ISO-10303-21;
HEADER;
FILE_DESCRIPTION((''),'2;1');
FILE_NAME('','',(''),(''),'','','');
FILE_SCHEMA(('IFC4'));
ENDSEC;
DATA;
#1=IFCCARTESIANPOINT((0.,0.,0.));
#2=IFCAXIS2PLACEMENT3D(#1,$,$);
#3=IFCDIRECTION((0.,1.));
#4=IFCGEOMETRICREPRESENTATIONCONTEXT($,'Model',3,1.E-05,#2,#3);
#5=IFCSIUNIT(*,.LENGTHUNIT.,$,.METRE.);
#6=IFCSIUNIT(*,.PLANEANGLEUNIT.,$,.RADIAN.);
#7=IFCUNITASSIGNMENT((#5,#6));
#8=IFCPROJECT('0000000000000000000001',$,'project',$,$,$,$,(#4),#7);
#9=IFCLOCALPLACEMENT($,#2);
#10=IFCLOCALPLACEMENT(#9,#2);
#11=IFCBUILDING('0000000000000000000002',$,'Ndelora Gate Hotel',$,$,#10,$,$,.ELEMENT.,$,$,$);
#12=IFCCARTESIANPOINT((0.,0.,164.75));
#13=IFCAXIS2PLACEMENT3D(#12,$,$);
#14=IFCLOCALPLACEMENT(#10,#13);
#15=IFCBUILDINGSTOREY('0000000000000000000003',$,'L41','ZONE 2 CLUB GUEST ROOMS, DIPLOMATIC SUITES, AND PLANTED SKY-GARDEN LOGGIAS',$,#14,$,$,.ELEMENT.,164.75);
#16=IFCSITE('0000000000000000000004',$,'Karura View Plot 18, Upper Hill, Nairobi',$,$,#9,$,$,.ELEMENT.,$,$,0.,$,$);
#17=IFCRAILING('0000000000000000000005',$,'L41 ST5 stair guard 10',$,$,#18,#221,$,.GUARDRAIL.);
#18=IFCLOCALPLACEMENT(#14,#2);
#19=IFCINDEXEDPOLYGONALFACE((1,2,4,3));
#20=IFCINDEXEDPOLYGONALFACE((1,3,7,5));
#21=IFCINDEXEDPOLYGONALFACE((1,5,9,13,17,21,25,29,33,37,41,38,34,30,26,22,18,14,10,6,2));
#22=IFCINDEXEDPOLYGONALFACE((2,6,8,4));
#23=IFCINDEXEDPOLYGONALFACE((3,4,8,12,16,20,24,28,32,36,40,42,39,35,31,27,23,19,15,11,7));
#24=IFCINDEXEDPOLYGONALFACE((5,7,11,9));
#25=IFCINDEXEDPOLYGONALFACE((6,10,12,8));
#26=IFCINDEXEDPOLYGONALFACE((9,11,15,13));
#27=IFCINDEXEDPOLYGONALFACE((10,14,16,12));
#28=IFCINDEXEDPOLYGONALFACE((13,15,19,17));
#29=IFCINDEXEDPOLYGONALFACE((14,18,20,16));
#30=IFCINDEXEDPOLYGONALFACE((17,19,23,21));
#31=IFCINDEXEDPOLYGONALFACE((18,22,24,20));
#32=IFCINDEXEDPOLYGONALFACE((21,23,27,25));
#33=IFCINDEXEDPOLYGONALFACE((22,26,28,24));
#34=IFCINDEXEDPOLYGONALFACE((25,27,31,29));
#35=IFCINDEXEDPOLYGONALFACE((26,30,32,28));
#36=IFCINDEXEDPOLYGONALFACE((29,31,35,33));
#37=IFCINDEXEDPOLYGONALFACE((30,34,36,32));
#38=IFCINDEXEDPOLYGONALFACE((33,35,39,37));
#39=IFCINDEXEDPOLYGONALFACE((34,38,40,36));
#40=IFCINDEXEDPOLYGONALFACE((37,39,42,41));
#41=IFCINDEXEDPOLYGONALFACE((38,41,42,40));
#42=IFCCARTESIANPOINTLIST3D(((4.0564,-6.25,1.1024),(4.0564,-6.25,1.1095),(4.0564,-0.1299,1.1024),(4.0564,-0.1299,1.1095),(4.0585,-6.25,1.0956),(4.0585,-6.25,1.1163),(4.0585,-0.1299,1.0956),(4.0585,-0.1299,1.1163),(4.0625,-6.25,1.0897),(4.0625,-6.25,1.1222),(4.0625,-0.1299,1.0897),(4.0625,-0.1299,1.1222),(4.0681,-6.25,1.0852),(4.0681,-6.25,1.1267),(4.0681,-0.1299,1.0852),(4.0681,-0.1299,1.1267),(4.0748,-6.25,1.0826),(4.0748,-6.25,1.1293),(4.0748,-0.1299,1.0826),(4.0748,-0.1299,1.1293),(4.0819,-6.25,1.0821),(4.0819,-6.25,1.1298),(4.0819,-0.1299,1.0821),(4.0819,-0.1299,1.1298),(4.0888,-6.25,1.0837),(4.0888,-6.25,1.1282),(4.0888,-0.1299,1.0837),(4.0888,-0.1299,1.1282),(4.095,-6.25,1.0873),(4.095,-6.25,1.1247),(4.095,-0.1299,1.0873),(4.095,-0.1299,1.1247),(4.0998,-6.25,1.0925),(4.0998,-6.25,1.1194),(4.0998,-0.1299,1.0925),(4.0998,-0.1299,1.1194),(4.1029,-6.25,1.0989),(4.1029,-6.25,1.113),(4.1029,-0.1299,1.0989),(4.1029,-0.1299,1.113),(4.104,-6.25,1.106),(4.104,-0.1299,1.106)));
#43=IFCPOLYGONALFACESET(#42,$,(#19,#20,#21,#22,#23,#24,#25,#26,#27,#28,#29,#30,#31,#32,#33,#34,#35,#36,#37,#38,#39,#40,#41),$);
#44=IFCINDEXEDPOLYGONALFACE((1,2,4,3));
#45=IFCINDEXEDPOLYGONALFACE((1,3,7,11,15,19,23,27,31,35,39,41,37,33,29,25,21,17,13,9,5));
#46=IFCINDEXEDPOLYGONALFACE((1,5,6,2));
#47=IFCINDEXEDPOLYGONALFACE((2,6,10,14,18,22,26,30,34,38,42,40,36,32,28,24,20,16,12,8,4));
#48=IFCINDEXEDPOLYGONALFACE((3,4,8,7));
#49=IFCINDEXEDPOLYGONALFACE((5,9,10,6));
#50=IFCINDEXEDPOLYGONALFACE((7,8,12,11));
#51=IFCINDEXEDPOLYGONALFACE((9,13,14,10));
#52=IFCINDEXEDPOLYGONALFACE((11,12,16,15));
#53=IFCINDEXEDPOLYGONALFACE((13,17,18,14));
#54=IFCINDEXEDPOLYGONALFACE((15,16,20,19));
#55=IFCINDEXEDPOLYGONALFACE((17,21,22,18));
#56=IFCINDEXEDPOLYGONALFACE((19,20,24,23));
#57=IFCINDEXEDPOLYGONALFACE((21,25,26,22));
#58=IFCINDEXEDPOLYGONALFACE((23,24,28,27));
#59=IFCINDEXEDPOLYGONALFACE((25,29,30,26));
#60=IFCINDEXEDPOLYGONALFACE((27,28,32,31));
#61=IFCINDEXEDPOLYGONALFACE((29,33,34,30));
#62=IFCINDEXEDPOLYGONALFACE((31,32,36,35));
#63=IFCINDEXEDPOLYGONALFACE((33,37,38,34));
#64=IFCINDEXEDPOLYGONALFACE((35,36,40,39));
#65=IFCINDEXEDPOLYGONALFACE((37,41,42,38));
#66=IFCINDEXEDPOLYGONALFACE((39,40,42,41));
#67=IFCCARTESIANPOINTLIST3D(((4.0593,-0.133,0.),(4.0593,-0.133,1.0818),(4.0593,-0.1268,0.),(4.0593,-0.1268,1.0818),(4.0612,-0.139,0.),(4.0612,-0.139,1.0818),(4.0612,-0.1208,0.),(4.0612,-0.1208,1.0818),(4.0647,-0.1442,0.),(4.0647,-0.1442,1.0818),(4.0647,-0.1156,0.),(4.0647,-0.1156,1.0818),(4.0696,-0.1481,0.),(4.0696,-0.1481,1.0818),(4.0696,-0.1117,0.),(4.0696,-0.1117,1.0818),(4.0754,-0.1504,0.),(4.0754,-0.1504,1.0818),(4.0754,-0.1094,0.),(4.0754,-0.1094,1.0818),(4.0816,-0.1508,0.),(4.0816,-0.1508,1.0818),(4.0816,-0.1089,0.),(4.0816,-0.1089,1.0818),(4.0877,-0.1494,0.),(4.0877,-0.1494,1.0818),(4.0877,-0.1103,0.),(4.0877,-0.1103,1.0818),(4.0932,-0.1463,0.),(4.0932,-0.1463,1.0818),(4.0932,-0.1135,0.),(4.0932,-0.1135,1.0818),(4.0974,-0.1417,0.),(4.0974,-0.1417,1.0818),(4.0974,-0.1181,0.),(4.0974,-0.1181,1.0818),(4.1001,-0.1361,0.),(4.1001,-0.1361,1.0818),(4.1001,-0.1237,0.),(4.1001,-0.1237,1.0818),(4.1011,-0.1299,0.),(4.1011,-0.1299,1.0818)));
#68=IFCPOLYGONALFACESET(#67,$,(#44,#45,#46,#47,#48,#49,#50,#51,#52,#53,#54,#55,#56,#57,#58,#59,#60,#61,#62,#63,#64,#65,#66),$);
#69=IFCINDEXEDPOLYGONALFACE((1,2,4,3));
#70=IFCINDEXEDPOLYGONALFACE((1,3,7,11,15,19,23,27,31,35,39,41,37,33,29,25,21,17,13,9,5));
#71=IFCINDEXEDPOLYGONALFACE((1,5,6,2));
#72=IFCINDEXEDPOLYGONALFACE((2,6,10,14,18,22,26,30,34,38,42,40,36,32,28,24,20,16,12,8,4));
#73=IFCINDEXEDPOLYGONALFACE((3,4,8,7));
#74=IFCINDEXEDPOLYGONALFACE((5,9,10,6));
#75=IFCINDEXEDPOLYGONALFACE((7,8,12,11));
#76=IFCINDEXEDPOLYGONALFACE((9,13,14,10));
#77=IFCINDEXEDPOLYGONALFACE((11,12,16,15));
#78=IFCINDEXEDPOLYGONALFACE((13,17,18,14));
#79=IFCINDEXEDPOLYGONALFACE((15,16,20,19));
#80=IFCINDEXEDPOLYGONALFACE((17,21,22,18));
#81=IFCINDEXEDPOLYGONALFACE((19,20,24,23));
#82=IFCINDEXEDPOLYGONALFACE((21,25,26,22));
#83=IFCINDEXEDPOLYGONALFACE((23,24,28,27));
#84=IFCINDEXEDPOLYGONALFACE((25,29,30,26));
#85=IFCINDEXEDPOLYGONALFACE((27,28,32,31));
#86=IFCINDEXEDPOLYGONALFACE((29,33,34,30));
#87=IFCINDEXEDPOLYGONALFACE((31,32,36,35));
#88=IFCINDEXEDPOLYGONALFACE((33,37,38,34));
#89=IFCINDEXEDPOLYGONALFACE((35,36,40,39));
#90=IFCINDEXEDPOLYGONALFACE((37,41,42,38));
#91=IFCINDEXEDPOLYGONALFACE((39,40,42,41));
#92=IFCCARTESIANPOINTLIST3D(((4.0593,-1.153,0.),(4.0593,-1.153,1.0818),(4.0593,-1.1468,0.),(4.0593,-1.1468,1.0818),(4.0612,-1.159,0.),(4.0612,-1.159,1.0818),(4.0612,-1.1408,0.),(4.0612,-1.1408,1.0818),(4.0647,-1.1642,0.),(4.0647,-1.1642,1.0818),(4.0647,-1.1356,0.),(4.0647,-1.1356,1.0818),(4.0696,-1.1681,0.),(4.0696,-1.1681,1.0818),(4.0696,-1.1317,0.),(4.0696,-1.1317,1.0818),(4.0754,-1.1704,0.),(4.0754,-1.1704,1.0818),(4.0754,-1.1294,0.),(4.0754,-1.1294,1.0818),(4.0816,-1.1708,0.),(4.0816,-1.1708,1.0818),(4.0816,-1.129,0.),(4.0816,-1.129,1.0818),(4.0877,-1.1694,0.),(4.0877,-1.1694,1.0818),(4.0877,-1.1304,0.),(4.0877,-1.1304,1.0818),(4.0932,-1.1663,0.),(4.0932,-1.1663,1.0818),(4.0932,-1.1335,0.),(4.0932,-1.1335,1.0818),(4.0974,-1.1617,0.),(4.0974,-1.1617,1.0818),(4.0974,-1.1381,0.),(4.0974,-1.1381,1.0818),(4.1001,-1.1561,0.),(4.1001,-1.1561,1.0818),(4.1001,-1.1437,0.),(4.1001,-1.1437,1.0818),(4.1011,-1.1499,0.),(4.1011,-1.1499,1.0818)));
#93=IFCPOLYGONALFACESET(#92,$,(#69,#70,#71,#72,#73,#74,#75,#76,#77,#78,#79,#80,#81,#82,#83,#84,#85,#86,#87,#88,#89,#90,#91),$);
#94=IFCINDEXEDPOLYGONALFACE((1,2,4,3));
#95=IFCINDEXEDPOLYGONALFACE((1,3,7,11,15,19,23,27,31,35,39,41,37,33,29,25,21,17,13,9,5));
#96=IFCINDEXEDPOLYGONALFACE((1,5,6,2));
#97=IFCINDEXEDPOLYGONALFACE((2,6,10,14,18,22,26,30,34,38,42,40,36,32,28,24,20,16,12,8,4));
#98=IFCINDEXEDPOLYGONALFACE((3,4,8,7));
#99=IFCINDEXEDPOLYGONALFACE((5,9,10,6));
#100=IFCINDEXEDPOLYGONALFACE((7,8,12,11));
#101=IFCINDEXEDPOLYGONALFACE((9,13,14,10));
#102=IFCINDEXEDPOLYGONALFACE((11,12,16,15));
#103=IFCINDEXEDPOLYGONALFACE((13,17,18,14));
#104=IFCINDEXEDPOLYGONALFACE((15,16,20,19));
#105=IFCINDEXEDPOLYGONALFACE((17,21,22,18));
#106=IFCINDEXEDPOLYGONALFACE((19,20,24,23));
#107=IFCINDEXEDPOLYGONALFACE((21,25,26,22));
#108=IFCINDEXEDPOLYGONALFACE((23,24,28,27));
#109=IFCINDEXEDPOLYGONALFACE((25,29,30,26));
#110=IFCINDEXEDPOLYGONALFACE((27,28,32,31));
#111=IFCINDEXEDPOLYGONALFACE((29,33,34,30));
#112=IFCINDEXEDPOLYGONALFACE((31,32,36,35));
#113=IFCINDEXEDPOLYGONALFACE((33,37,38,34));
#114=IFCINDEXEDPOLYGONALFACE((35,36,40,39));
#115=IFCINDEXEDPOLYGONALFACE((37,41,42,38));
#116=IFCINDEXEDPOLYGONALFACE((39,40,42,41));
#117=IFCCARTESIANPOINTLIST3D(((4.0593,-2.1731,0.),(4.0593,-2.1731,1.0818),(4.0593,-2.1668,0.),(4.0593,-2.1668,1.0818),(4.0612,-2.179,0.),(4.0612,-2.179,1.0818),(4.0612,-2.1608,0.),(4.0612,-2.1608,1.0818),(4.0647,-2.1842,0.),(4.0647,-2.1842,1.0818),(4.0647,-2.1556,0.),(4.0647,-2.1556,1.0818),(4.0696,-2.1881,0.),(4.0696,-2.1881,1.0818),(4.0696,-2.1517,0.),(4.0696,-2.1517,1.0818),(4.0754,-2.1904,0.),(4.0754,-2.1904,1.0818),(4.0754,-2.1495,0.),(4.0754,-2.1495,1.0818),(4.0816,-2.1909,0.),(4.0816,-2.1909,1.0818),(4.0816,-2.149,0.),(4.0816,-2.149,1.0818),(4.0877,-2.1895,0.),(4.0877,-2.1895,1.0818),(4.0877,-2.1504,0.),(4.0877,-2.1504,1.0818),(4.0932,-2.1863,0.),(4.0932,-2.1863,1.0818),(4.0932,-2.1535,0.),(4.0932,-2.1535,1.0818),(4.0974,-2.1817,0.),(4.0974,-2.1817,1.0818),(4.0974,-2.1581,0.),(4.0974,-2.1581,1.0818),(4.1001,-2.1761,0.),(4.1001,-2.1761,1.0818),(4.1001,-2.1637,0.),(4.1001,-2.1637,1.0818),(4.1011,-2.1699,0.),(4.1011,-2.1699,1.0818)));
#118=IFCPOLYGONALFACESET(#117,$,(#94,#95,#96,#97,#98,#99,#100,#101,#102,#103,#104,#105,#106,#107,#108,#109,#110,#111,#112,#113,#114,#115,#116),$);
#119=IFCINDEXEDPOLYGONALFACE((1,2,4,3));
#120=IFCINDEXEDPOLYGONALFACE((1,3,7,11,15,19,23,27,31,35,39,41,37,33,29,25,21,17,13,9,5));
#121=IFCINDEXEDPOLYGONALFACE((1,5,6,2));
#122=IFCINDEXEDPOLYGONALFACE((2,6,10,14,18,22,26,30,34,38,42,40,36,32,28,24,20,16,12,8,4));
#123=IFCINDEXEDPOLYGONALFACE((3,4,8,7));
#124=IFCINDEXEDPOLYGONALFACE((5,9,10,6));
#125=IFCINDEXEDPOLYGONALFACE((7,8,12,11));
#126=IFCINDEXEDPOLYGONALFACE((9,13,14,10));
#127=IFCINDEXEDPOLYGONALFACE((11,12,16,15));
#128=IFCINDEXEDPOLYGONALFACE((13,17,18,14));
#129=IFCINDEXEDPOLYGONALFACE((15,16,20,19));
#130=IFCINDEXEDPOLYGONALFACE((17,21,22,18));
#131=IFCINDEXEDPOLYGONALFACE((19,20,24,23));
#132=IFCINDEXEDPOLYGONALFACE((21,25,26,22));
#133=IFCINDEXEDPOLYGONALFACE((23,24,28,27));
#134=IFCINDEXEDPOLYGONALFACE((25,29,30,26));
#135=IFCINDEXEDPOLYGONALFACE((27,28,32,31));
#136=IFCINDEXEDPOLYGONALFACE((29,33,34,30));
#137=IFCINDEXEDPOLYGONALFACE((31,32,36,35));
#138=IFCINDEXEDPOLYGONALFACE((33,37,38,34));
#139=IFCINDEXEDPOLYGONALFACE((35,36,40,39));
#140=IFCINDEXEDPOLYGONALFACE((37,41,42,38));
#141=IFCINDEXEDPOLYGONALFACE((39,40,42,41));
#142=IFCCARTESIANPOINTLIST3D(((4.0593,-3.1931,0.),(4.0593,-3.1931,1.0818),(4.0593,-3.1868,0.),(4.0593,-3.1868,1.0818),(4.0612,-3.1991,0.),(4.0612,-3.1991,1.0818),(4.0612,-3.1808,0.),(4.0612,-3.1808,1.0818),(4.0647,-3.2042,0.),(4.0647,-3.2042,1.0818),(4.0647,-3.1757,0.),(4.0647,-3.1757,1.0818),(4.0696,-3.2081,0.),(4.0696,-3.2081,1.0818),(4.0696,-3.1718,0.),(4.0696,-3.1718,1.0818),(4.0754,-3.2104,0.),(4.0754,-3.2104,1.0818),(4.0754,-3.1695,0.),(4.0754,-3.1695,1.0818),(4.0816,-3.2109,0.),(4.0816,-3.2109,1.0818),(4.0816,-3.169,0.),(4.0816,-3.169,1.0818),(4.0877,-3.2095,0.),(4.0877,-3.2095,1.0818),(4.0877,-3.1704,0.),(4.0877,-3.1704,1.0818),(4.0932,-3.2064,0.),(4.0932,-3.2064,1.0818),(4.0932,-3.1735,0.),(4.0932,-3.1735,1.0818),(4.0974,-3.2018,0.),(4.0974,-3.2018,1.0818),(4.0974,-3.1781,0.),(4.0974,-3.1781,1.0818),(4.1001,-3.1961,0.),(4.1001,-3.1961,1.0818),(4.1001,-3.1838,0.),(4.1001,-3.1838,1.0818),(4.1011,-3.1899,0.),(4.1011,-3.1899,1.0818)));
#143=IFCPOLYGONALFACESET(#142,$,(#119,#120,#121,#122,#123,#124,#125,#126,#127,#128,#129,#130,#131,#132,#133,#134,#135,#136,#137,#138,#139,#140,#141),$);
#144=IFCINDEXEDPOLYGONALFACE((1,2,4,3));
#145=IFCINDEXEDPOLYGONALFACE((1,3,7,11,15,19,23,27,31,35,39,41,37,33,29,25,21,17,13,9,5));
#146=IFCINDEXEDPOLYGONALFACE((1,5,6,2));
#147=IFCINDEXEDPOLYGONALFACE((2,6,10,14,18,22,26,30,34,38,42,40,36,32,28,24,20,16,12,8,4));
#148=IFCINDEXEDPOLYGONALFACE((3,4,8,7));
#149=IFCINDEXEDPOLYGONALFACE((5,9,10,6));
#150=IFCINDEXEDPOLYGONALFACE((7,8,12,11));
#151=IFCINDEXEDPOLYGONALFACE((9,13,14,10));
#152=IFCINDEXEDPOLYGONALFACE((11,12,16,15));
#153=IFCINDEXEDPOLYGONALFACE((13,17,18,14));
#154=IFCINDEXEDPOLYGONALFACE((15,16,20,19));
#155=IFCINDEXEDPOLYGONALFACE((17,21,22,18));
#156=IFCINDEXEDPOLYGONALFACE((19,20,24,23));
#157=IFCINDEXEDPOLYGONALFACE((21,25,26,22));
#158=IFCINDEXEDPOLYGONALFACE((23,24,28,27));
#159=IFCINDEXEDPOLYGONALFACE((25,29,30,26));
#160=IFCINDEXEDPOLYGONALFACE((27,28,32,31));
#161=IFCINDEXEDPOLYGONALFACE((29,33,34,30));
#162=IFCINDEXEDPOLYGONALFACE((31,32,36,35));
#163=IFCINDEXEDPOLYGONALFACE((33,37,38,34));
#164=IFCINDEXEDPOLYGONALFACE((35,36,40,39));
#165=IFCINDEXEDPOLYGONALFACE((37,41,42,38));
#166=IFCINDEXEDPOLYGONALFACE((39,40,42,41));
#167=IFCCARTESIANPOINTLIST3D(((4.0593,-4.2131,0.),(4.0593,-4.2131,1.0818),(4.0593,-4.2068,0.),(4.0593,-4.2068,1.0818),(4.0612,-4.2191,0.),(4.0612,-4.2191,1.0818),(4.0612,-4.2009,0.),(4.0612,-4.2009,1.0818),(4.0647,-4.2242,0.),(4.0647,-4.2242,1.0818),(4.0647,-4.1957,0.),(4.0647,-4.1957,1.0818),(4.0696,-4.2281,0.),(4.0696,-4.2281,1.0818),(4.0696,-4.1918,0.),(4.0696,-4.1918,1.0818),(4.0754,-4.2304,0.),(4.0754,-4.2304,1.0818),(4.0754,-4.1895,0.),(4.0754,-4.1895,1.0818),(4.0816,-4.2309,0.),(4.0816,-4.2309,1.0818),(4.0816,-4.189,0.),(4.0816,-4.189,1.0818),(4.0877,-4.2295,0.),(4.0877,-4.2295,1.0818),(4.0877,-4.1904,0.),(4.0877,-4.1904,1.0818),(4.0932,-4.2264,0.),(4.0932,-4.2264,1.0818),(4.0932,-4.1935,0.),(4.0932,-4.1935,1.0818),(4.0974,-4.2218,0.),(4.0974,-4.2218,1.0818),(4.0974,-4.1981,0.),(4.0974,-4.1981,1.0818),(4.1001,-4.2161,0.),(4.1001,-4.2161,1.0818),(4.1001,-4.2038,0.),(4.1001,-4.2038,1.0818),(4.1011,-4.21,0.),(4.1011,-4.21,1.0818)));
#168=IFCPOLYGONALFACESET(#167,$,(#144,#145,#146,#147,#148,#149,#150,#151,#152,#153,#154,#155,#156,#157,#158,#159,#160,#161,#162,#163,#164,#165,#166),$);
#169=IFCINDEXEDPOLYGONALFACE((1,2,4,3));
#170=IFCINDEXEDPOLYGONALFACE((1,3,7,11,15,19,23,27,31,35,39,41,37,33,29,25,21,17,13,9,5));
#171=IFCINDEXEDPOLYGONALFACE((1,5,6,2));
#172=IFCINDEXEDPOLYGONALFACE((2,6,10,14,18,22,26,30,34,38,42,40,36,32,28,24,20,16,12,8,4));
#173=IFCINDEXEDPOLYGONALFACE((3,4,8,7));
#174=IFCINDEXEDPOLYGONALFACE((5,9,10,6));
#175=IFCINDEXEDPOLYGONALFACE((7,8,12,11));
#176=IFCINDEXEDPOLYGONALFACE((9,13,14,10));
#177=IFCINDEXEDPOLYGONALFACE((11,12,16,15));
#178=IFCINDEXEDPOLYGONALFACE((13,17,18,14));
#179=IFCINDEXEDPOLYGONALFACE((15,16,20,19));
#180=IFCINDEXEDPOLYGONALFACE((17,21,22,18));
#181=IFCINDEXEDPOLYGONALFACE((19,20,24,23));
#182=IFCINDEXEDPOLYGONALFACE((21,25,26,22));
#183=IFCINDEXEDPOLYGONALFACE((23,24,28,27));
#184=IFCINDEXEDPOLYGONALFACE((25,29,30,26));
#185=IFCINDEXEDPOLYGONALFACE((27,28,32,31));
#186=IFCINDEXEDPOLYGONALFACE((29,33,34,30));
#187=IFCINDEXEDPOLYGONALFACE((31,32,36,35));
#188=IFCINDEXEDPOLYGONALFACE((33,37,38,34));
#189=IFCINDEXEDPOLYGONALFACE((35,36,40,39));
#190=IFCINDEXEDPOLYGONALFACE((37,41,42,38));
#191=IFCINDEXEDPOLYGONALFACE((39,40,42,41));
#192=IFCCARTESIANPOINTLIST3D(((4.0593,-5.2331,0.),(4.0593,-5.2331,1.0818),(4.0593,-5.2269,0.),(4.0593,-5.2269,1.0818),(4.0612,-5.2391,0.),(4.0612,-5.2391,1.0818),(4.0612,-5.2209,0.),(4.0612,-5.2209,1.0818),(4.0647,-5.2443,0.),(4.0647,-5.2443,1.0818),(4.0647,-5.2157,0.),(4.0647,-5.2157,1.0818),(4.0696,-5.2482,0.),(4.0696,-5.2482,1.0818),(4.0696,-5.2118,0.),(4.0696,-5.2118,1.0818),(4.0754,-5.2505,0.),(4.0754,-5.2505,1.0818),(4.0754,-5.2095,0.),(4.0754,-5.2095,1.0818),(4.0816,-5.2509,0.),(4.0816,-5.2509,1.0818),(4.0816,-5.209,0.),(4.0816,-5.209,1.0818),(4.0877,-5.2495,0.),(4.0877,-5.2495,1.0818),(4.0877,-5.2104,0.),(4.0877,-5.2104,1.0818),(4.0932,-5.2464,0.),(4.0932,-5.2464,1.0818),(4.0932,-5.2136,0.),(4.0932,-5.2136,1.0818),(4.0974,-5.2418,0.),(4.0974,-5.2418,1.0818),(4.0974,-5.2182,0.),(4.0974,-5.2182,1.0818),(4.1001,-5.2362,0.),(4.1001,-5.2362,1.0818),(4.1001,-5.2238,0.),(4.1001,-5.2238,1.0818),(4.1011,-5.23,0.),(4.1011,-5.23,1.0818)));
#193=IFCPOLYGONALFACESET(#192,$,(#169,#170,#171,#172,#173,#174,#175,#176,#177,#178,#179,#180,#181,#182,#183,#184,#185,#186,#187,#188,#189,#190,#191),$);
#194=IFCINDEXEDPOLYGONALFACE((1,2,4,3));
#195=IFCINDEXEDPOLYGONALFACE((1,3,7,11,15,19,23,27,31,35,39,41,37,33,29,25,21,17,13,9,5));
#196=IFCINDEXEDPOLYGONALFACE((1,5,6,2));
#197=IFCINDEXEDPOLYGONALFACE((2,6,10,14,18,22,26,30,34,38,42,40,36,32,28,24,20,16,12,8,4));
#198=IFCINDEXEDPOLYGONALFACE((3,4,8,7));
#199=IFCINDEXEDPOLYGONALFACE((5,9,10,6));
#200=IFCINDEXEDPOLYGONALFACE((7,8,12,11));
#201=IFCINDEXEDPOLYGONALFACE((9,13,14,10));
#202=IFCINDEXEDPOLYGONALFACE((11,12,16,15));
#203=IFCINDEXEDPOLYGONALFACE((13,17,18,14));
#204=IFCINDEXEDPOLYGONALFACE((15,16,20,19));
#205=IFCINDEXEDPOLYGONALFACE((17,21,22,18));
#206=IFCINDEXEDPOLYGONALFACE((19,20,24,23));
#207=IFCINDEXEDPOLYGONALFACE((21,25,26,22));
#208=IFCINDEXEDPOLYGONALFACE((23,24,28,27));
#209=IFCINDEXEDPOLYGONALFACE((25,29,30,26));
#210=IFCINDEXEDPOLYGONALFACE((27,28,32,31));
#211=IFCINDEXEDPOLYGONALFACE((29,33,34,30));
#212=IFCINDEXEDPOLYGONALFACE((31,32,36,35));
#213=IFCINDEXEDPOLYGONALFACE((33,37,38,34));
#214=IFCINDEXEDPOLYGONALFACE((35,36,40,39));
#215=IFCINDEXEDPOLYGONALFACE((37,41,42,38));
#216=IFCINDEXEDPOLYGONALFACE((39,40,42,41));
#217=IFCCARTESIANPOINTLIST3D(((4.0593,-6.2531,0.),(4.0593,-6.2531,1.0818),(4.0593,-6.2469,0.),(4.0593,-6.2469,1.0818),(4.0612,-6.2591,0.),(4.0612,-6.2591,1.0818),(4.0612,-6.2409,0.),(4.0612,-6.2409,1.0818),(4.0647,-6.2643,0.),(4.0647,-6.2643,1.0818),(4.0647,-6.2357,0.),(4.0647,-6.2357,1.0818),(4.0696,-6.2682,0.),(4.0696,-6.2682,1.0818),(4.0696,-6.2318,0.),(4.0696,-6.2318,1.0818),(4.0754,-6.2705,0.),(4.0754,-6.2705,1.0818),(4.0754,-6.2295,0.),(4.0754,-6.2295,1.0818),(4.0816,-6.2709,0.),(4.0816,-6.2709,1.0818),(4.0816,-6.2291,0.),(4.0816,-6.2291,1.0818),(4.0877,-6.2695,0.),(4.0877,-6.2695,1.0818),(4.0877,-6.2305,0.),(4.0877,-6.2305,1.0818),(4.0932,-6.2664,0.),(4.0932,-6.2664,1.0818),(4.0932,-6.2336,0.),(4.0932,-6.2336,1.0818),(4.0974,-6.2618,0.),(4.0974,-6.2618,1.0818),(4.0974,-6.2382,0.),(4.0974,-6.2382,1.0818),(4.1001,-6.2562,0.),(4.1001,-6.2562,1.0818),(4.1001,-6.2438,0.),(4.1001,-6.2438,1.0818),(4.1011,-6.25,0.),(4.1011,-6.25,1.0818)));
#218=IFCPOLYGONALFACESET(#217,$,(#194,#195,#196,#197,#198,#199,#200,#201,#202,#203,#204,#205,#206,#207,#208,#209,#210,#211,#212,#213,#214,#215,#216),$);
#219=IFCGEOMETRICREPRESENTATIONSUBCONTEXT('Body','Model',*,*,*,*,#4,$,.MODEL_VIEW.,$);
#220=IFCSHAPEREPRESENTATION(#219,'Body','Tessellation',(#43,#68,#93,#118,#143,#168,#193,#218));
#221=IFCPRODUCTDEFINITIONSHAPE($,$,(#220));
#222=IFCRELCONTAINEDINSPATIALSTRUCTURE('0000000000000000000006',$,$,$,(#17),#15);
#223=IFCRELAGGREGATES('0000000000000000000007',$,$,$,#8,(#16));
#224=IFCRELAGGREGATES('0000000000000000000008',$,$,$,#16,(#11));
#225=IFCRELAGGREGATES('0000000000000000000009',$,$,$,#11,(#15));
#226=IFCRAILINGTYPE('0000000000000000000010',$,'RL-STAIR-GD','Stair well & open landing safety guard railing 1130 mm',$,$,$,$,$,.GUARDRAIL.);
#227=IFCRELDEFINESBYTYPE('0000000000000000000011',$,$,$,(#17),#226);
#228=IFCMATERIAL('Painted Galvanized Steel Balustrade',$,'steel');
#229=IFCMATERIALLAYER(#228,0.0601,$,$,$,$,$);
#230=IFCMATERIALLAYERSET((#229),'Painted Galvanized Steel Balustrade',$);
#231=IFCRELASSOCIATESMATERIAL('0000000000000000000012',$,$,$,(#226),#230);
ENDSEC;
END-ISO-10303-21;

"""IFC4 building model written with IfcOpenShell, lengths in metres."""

from ifc_helpers import new_model, si_unit, direction, frame, origin, origin_2d, place, context, subcontext, project, spatial, circle, extrude, material, layer, layer_set, type_object, element, save


model = new_model("IFC4")

# Units and contexts
model_context = context("Model", 3, precision=1e-05, world=origin(), true_north=direction((0.0, 1.0)))
body_context = subcontext(model_context, "Body", "Model", "MODEL_VIEW")
ifc_project = project(units=[si_unit("LENGTHUNIT", "METRE"), si_unit("PLANEANGLEUNIT", "RADIAN")], contexts=[model_context])

# Site, building, storey
site_placement = place(None, origin())
site = spatial("IfcSite", under=ifc_project, at=site_placement, Name="Karura View Plot 18, Upper Hill, Nairobi", CompositionType="ELEMENT", RefElevation=0.0)
building_placement = place(site_placement, origin())
building = spatial("IfcBuilding", under=site, at=building_placement, Name="Ndelora Gate Hotel", CompositionType="ELEMENT")
storey_placement = place(building_placement, frame((0.0, 0.0, 164.75)))
storey = spatial("IfcBuildingStorey", under=building, at=storey_placement, Name="L41", Description="ZONE 2 CLUB GUEST ROOMS, DIPLOMATIC SUITES, AND PLANTED SKY-GARDEN LOGGIAS", CompositionType="ELEMENT", Elevation=164.75)

# Railing
ifc_material_1 = material(Name="Painted Galvanized Steel Balustrade", Category="steel")
ifc_layer_1 = layer(ifc_material_1, 0.0601)
ifc_layer_set_1 = layer_set([ifc_layer_1], Name="Painted Galvanized Steel Balustrade")
railing_type_1 = type_object("IfcRailingType", Name="RL-STAIR-GD", Description="Stair well & open landing safety guard railing 1130 mm", PredefinedType="GUARDRAIL", material=ifc_layer_set_1)
railing_1_placement = place(storey_placement, frame((4.0801, -0.1299, 0.0)))
element("IfcRailing", 1, at=railing_1_placement, inside=storey, type_object=railing_type_1, Name="L41 ST5 stair guard 10", PredefinedType="GUARDRAIL", context=body_context, shape_type="SweptSolid", body=[
    extrude(circle(Radius=0.0239, at=origin_2d()), frame((0.0, 0.0, 1.106), z_axis=(0.0, -1.0, 0.0), x_axis=(1.0, 0.0, 0.0)), (0.0, 0.0, 1.0), 6.1201),
    extrude(circle(Radius=0.021, at=origin_2d()), origin(), (0.0, 0.0, 1.0), 1.0818),
    extrude(circle(Radius=0.021, at=origin_2d()), frame((0.0, -1.02, 0.0)), (0.0, 0.0, 1.0), 1.0818),
    extrude(circle(Radius=0.021, at=origin_2d()), frame((0.0, -2.04, 0.0)), (0.0, 0.0, 1.0), 1.0818),
    extrude(circle(Radius=0.021, at=origin_2d()), frame((0.0, -3.0601, 0.0)), (0.0, 0.0, 1.0), 1.0818),
    extrude(circle(Radius=0.021, at=origin_2d()), frame((0.0, -4.0801, 0.0)), (0.0, 0.0, 1.0), 1.0818),
    extrude(circle(Radius=0.021, at=origin_2d()), frame((0.0, -5.1001, 0.0)), (0.0, 0.0, 1.0), 1.0818),
    extrude(circle(Radius=0.021, at=origin_2d()), frame((0.0, -6.1201, 0.0)), (0.0, 0.0, 1.0), 1.0818),
])

save(model, "model.ifc")
